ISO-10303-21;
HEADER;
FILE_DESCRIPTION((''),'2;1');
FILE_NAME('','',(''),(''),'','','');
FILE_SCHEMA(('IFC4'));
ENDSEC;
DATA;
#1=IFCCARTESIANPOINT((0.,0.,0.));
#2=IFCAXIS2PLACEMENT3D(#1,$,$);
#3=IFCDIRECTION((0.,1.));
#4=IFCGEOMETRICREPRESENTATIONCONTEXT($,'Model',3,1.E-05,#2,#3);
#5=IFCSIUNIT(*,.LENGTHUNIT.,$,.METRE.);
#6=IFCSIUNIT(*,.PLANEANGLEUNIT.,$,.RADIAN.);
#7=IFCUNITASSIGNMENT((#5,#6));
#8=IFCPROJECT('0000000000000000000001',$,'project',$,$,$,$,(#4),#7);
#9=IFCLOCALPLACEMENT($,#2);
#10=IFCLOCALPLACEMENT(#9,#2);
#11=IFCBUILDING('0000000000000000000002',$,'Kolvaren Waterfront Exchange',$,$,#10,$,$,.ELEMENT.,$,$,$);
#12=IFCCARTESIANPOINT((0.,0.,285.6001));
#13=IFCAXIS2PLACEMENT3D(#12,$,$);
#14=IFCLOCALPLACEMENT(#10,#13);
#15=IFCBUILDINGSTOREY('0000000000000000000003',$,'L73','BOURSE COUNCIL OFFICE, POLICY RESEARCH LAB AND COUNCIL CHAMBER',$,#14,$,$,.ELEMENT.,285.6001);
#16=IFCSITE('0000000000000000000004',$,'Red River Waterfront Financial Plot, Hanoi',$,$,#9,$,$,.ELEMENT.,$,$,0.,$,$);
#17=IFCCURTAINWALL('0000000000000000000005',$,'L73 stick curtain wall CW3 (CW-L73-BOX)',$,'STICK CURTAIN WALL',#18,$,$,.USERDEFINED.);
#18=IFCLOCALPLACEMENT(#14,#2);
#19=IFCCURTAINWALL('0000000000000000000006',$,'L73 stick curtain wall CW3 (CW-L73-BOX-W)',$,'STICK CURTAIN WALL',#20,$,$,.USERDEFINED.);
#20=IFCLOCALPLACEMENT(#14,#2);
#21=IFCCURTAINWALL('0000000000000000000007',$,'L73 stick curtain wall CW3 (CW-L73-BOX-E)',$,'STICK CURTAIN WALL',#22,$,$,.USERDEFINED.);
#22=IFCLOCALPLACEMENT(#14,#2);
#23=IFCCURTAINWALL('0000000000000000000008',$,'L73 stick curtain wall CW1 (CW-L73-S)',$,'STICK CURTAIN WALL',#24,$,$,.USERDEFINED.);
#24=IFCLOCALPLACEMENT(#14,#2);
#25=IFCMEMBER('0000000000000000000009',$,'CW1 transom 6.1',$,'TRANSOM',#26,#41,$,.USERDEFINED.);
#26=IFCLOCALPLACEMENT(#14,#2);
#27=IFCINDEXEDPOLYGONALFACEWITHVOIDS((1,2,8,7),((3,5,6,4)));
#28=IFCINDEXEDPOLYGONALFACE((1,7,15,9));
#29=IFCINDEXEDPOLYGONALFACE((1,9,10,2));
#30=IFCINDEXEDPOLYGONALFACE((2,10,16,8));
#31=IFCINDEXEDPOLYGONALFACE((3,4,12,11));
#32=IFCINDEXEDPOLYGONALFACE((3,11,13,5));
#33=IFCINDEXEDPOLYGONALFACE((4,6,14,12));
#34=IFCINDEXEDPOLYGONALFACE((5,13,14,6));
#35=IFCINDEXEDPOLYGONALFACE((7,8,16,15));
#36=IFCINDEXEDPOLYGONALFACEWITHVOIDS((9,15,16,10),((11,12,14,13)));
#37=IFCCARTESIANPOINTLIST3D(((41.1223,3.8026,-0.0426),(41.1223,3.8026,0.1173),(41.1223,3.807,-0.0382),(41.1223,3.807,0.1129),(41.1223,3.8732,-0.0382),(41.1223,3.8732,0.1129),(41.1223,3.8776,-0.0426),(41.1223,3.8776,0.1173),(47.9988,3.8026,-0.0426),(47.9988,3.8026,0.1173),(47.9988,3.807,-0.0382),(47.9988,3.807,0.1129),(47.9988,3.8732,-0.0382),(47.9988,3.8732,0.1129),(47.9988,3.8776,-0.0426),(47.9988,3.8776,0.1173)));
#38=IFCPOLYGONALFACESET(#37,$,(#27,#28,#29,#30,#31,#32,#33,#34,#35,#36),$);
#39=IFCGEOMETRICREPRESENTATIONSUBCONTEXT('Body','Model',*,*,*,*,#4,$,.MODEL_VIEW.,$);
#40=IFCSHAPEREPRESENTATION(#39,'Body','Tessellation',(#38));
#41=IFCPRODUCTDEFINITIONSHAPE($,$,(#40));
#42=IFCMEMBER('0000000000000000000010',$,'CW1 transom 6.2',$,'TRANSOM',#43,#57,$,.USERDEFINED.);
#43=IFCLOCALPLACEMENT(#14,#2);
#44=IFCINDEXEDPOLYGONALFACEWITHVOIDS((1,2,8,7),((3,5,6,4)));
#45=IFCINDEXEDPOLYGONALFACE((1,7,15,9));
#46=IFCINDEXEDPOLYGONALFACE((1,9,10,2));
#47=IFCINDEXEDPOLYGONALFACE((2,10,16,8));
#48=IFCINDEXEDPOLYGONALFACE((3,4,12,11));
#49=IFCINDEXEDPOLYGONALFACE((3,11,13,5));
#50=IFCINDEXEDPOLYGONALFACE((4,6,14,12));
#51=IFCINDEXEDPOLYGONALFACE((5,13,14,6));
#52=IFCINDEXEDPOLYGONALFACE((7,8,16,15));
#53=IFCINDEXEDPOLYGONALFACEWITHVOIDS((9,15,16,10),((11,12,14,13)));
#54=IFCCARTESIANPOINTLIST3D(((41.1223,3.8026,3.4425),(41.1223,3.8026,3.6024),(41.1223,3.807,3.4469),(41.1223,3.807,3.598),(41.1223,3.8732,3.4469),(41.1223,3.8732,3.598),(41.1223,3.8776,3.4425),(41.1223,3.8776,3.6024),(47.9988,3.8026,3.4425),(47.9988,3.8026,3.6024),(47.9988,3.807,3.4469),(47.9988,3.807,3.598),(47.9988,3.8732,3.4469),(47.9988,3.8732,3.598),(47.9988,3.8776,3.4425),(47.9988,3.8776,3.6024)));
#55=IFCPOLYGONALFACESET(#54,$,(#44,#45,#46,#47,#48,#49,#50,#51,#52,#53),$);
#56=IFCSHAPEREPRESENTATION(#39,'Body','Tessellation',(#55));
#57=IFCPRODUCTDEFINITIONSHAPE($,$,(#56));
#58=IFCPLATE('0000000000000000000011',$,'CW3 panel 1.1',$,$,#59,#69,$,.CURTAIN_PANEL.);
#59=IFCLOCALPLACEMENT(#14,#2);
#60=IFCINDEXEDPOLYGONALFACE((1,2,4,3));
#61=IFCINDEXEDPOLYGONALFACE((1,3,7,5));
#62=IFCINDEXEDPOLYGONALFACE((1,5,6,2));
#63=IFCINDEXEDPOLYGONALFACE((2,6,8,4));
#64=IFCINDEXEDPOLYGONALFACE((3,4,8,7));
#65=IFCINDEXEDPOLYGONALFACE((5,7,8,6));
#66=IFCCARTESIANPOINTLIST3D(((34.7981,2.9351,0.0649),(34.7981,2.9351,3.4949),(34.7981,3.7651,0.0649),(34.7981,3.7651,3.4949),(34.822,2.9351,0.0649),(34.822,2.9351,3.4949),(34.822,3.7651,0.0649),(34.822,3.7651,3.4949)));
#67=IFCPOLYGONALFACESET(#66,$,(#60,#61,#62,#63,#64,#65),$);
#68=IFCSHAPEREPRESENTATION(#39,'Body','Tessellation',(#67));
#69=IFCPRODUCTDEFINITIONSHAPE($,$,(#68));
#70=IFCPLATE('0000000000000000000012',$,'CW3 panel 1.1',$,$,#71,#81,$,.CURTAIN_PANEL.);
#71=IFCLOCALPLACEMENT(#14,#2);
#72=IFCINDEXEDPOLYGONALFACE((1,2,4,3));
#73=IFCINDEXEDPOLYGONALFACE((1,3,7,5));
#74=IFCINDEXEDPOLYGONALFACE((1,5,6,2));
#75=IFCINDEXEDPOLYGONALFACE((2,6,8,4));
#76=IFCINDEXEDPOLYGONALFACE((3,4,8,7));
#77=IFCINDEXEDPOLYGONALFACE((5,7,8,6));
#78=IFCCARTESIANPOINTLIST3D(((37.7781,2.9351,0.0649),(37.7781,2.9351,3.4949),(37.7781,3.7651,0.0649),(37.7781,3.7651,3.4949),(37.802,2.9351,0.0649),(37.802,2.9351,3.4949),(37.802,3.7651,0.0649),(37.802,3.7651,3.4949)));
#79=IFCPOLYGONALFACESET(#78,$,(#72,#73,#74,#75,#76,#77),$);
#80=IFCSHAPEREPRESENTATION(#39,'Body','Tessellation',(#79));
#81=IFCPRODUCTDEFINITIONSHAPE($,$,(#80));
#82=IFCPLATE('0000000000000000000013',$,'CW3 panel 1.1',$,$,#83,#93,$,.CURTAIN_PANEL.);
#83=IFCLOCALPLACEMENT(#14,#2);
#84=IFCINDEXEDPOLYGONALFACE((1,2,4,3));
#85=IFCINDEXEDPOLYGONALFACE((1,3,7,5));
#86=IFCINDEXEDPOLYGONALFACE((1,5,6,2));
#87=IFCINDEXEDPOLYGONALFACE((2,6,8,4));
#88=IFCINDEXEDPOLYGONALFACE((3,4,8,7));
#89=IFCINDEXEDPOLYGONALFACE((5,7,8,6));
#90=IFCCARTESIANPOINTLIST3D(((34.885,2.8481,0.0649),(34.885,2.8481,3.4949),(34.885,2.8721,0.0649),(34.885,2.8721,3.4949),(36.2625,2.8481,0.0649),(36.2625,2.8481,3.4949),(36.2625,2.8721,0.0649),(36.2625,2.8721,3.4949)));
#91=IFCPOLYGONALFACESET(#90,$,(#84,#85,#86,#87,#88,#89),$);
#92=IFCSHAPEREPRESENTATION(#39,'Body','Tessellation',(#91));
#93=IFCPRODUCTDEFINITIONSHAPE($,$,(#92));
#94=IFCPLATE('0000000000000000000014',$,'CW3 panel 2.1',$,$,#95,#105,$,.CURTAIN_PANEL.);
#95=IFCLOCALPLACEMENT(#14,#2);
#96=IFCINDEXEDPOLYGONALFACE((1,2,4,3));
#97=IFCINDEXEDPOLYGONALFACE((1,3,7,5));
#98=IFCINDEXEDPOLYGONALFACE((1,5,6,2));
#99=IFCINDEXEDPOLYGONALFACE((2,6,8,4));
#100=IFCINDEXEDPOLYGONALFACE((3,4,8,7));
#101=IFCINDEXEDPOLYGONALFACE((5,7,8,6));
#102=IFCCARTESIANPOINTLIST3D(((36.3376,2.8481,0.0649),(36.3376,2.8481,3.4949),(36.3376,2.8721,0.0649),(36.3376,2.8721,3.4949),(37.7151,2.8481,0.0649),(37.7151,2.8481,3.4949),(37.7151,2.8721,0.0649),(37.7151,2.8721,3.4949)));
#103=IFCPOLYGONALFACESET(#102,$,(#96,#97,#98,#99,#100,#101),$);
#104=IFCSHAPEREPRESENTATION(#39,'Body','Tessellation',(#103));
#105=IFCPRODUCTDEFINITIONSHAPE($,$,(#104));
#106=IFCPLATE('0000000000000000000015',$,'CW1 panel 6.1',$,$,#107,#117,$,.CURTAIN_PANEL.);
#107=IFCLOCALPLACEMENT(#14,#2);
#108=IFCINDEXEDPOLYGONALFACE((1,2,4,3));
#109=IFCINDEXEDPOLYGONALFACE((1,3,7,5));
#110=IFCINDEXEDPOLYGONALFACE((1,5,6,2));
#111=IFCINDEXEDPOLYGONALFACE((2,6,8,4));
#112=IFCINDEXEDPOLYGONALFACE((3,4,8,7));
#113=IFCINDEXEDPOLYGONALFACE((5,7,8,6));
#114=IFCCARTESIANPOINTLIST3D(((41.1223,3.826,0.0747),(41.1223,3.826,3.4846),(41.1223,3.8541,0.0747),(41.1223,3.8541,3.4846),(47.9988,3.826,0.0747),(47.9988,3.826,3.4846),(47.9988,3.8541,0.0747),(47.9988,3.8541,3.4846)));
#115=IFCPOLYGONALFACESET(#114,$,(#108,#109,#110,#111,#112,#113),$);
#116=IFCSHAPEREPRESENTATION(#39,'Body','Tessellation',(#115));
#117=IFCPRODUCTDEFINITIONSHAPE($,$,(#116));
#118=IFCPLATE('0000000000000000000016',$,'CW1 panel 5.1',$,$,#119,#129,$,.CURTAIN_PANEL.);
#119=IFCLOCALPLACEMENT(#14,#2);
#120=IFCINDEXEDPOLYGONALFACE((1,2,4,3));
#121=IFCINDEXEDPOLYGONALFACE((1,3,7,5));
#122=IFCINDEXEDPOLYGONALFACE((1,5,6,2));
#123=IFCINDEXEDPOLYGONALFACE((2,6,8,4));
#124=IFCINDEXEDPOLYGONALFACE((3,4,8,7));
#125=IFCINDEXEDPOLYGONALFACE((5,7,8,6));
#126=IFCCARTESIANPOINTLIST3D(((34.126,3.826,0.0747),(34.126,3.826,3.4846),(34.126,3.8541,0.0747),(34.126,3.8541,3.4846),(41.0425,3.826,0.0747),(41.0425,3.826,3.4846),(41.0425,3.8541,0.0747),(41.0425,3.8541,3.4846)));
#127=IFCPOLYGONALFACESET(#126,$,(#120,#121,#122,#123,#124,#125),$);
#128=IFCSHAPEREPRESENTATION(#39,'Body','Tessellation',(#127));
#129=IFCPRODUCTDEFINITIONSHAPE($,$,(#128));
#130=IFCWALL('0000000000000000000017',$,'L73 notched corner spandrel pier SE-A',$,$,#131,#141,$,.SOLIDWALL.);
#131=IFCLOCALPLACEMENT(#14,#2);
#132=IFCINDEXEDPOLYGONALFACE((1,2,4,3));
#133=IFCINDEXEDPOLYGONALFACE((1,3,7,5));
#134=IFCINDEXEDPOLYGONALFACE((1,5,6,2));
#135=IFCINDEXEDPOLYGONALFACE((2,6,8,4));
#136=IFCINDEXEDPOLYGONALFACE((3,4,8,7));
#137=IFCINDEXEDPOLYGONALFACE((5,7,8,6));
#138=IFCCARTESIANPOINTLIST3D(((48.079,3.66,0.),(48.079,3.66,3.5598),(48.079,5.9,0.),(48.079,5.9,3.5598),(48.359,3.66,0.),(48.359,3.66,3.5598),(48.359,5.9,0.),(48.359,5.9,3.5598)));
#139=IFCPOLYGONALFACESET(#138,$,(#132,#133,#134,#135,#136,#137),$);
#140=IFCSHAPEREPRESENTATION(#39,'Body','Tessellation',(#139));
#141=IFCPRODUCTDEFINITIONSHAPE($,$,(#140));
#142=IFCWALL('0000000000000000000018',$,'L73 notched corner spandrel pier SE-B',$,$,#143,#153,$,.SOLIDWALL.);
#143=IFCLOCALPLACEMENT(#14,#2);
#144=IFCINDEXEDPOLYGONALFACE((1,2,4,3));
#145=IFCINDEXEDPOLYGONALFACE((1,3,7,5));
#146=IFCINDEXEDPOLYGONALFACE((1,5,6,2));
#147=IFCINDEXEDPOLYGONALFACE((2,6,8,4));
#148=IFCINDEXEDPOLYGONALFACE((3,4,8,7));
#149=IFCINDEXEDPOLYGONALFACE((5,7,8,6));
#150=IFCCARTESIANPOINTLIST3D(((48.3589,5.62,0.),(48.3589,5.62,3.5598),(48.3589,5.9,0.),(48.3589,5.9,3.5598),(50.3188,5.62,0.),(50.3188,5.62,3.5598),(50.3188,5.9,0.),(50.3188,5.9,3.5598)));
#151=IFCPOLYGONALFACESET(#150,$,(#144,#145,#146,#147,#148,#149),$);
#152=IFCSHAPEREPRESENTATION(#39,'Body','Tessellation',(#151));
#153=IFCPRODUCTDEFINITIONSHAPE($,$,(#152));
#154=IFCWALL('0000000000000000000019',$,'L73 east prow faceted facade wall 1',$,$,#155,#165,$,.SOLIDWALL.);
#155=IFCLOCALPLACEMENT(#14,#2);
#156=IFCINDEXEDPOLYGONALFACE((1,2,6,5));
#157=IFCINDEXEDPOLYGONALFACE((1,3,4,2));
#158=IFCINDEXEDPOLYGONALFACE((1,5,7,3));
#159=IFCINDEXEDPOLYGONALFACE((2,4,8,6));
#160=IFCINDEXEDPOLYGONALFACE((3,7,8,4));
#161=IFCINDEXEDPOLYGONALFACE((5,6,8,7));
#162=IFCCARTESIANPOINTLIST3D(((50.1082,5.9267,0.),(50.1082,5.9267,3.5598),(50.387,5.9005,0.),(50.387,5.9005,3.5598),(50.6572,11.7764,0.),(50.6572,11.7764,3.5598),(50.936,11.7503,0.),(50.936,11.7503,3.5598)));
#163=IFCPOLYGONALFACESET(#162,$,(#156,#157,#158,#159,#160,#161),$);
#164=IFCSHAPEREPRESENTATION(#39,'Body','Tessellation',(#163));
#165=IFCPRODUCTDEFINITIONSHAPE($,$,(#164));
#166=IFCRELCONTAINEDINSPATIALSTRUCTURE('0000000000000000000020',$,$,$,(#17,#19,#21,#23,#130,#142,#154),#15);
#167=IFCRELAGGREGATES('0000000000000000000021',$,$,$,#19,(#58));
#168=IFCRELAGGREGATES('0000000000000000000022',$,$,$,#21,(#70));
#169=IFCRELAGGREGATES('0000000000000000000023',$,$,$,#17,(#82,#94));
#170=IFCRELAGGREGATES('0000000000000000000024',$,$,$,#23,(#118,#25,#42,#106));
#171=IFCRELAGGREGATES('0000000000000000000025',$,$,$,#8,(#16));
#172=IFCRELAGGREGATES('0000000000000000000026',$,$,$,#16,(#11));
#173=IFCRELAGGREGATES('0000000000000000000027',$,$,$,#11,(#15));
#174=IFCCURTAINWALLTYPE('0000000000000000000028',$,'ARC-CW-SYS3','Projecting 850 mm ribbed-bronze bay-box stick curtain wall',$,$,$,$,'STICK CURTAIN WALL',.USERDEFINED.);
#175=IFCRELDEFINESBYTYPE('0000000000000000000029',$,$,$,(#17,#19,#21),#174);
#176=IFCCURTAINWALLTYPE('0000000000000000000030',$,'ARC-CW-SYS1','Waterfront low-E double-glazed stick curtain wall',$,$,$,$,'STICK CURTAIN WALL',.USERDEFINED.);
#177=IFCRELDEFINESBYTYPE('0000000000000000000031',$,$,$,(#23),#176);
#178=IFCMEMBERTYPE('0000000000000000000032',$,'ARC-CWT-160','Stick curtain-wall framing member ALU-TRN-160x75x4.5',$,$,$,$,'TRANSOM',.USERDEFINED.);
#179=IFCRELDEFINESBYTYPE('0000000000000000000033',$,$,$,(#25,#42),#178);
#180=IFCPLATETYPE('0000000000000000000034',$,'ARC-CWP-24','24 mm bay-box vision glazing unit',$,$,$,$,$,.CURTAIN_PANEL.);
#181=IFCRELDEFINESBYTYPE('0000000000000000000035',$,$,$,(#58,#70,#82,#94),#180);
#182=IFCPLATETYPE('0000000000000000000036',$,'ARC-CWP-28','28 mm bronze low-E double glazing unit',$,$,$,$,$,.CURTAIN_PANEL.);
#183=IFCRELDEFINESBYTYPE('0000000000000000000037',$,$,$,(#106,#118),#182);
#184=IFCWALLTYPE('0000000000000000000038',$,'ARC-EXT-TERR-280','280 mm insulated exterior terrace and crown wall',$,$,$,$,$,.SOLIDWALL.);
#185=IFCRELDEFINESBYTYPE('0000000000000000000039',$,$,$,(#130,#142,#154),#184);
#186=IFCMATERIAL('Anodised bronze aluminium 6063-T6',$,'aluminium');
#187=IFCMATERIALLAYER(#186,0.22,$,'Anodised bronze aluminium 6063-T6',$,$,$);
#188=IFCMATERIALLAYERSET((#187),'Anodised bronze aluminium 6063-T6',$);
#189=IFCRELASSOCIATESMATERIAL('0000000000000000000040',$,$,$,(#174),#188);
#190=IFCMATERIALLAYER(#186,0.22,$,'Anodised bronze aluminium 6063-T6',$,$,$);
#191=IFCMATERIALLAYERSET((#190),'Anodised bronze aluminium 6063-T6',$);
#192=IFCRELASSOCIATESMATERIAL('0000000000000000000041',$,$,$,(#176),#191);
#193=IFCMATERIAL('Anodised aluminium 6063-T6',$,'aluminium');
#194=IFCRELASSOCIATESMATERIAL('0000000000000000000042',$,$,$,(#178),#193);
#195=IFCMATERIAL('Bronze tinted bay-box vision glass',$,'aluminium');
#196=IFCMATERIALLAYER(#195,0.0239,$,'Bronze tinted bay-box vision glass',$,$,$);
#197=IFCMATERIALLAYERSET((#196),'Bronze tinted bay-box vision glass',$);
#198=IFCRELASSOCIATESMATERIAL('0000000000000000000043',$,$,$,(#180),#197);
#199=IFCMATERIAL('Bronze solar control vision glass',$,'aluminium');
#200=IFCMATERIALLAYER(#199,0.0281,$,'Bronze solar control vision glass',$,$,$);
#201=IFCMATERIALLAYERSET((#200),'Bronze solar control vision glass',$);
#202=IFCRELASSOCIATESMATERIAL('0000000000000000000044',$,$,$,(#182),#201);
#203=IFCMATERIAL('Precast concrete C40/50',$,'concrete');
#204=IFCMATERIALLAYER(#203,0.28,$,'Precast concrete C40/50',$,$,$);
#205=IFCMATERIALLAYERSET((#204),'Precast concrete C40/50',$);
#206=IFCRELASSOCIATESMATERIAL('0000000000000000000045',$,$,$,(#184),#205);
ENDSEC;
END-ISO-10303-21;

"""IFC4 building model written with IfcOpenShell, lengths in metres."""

from ifc_helpers import new_model, si_unit, direction, frame, frame_2d, origin, origin_with_axes, origin_2d, place, context, subcontext, project, spatial, rectangle, hollow_rectangle, extrude, source, transform, mapped, material, layer, layer_set, material_profile, profile_set, type_object, element, aggregate, save


model = new_model("IFC4")

# Units and contexts
model_context = context("Model", 3, precision=1e-05, world=origin(), true_north=direction((0.0, 1.0)))
body_context = subcontext(model_context, "Body", "Model", "MODEL_VIEW")
ifc_project = project(units=[si_unit("LENGTHUNIT", "METRE"), si_unit("PLANEANGLEUNIT", "RADIAN")], contexts=[model_context])

# Site, building, storey
site_placement = place(None, origin())
site = spatial("IfcSite", under=ifc_project, at=site_placement, Name="Red River Waterfront Financial Plot, Hanoi", CompositionType="ELEMENT", RefElevation=0.0)
building_placement = place(site_placement, origin())
building = spatial("IfcBuilding", under=site, at=building_placement, Name="Kolvaren Waterfront Exchange", CompositionType="ELEMENT")
storey_placement = place(building_placement, frame((0.0, 0.0, 285.6001)))
storey = spatial("IfcBuildingStorey", under=building, at=storey_placement, Name="L73", Description="BOURSE COUNCIL OFFICE, POLICY RESEARCH LAB AND COUNCIL CHAMBER", CompositionType="ELEMENT", Elevation=285.6001)

# Curtain walls
ifc_material_1 = material(Name="Anodised bronze aluminium 6063-T6", Category="aluminium")
ifc_layer_1 = layer(ifc_material_1, 0.22, Name="Anodised bronze aluminium 6063-T6")
ifc_layer_set_1 = layer_set([ifc_layer_1], Name="Anodised bronze aluminium 6063-T6")
curtain_wall_type_1 = type_object("IfcCurtainWallType", Name="ARC-CW-SYS3", Description="Projecting 850 mm ribbed-bronze bay-box stick curtain wall", ElementType="STICK CURTAIN WALL", PredefinedType="USERDEFINED", material=ifc_layer_set_1)
curtain_wall_1_placement = place(storey_placement, origin())
curtain_wall_1 = element("IfcCurtainWall", 1, at=curtain_wall_1_placement, inside=storey, type_object=curtain_wall_type_1, Name="L73 stick curtain wall CW3 (CW-L73-BOX)", ObjectType="STICK CURTAIN WALL", PredefinedType="USERDEFINED")
curtain_wall_2_placement = place(storey_placement, origin())
curtain_wall_2 = element("IfcCurtainWall", 2, at=curtain_wall_2_placement, inside=storey, type_object=curtain_wall_type_1, Name="L73 stick curtain wall CW3 (CW-L73-BOX-W)", ObjectType="STICK CURTAIN WALL", PredefinedType="USERDEFINED")
curtain_wall_3_placement = place(storey_placement, origin())
curtain_wall_3 = element("IfcCurtainWall", 3, at=curtain_wall_3_placement, inside=storey, type_object=curtain_wall_type_1, Name="L73 stick curtain wall CW3 (CW-L73-BOX-E)", ObjectType="STICK CURTAIN WALL", PredefinedType="USERDEFINED")

# Curtain wall, members
ifc_layer_2 = layer(ifc_material_1, 0.22, Name="Anodised bronze aluminium 6063-T6")
ifc_layer_set_2 = layer_set([ifc_layer_2], Name="Anodised bronze aluminium 6063-T6")
curtain_wall_type_2 = type_object("IfcCurtainWallType", Name="ARC-CW-SYS1", Description="Waterfront low-E double-glazed stick curtain wall", ElementType="STICK CURTAIN WALL", PredefinedType="USERDEFINED", material=ifc_layer_set_2)
curtain_wall_4_placement = place(storey_placement, origin())
curtain_wall_4 = element("IfcCurtainWall", 4, at=curtain_wall_4_placement, inside=storey, type_object=curtain_wall_type_2, Name="L73 stick curtain wall CW1 (CW-L73-S)", ObjectType="STICK CURTAIN WALL", PredefinedType="USERDEFINED")
ifc_material_2 = material(Name="Anodised aluminium 6063-T6", Category="aluminium")
ifc_material_profile_1 = material_profile(ifc_material_2, hollow_rectangle(XDim=0.075, YDim=0.1599, WallThickness=0.0044, at=origin_2d()), Name="ALU-TRN-160x75x4.5")
ifc_profile_set_1 = profile_set([ifc_material_profile_1], Name="Anodised aluminium 6063-T6")
member_type_1 = type_object("IfcMemberType", Name="ARC-CWT-160", Description="Stick curtain-wall framing member ALU-TRN-160x75x4.5", ElementType="TRANSOM", PredefinedType="USERDEFINED", material=ifc_profile_set_1)
shared_shape_1 = source(origin_with_axes(), body_context, "Body", "SweptSolid", [
    extrude(hollow_rectangle(XDim=0.075, YDim=0.1599, WallThickness=0.0044, at=origin_2d()), origin(), (0.0, 0.0, 1.0), 6.8765),
])
member_1_placement = place(storey_placement, frame((41.1223, 3.8401, 0.0374), z_axis=(1.0, 0.0, 0.0), x_axis=(0.0, 1.0, 0.0)))
member_1 = element("IfcMember", 5, at=member_1_placement, type_object=member_type_1, Name="CW1 transom 6.1", ObjectType="TRANSOM", PredefinedType="USERDEFINED", context=body_context, shape_type="MappedRepresentation", body=[
    mapped(shared_shape_1, transform((0.0, 0.0, 0.0), x_axis=(1.0, 0.0, 0.0), y_axis=(0.0, 1.0, 0.0), z_axis=(0.0, 0.0, 1.0), scale=1.0)),
])
member_2_placement = place(storey_placement, frame((41.1223, 3.8401, 3.5225), z_axis=(1.0, 0.0, 0.0), x_axis=(0.0, 1.0, 0.0)))
member_2 = element("IfcMember", 6, at=member_2_placement, type_object=member_type_1, Name="CW1 transom 6.2", ObjectType="TRANSOM", PredefinedType="USERDEFINED", context=body_context, shape_type="MappedRepresentation", body=[
    mapped(shared_shape_1, transform((0.0, 0.0, 0.0), x_axis=(1.0, 0.0, 0.0), y_axis=(0.0, 1.0, 0.0), z_axis=(0.0, 0.0, 1.0), scale=1.0)),
])

# Plates
ifc_material_3 = material(Name="Bronze tinted bay-box vision glass", Category="aluminium")
ifc_layer_3 = layer(ifc_material_3, 0.0239, Name="Bronze tinted bay-box vision glass")
ifc_layer_set_3 = layer_set([ifc_layer_3], Name="Bronze tinted bay-box vision glass")
plate_type_1 = type_object("IfcPlateType", Name="ARC-CWP-24", Description="24 mm bay-box vision glazing unit", PredefinedType="CURTAIN_PANEL", material=ifc_layer_set_3)
shared_shape_2 = source(origin_with_axes(), body_context, "Body", "SweptSolid", [
    extrude(rectangle(XDim=0.8301, YDim=0.0239, at=origin_2d()), origin(), (0.0, 0.0, 1.0), 3.4299),
])
plate_1_placement = place(storey_placement, frame((34.8101, 3.3501, 0.0649), z_axis=(0.0, 0.0, 1.0), x_axis=(0.0, -1.0, 0.0)))
plate_1 = element("IfcPlate", 7, at=plate_1_placement, type_object=plate_type_1, Name="CW3 panel 1.1", PredefinedType="CURTAIN_PANEL", context=body_context, shape_type="MappedRepresentation", body=[
    mapped(shared_shape_2, transform((0.0, 0.0, 0.0), x_axis=(1.0, 0.0, 0.0), y_axis=(0.0, 1.0, 0.0), z_axis=(0.0, 0.0, 1.0), scale=1.0)),
])
aggregate(curtain_wall_2, [plate_1])
plate_2_placement = place(storey_placement, frame((37.79, 3.3501, 0.0649), z_axis=(0.0, 0.0, 1.0), x_axis=(0.0, 1.0, 0.0)))
plate_2 = element("IfcPlate", 8, at=plate_2_placement, type_object=plate_type_1, Name="CW3 panel 1.1", PredefinedType="CURTAIN_PANEL", context=body_context, shape_type="MappedRepresentation", body=[
    mapped(shared_shape_2, transform((0.0, 0.0, 0.0), x_axis=(1.0, 0.0, 0.0), y_axis=(0.0, 1.0, 0.0), z_axis=(0.0, 0.0, 1.0), scale=1.0)),
])
aggregate(curtain_wall_3, [plate_2])
shared_shape_3 = source(origin_with_axes(), body_context, "Body", "SweptSolid", [
    extrude(rectangle(XDim=1.3774, YDim=0.0239, at=origin_2d()), origin(), (0.0, 0.0, 1.0), 3.4299),
])
plate_3_placement = place(storey_placement, frame((35.5737, 2.8601, 0.0649), z_axis=(0.0, 0.0, 1.0), x_axis=(1.0, 0.0, 0.0)))
plate_3 = element("IfcPlate", 9, at=plate_3_placement, type_object=plate_type_1, Name="CW3 panel 1.1", PredefinedType="CURTAIN_PANEL", context=body_context, shape_type="MappedRepresentation", body=[
    mapped(shared_shape_3, transform((0.0, 0.0, 0.0), x_axis=(1.0, 0.0, 0.0), y_axis=(0.0, 1.0, 0.0), z_axis=(0.0, 0.0, 1.0), scale=1.0)),
])
plate_4_placement = place(storey_placement, frame((37.0264, 2.8601, 0.0649), z_axis=(0.0, 0.0, 1.0), x_axis=(1.0, 0.0, 0.0)))
plate_4 = element("IfcPlate", 10, at=plate_4_placement, type_object=plate_type_1, Name="CW3 panel 2.1", PredefinedType="CURTAIN_PANEL", context=body_context, shape_type="MappedRepresentation", body=[
    mapped(shared_shape_3, transform((0.0, 0.0, 0.0), x_axis=(1.0, 0.0, 0.0), y_axis=(0.0, 1.0, 0.0), z_axis=(0.0, 0.0, 1.0), scale=1.0)),
])
aggregate(curtain_wall_1, [plate_3, plate_4])
ifc_material_4 = material(Name="Bronze solar control vision glass", Category="aluminium")
ifc_layer_4 = layer(ifc_material_4, 0.0281, Name="Bronze solar control vision glass")
ifc_layer_set_4 = layer_set([ifc_layer_4], Name="Bronze solar control vision glass")
plate_type_2 = type_object("IfcPlateType", Name="ARC-CWP-28", Description="28 mm bronze low-E double glazing unit", PredefinedType="CURTAIN_PANEL", material=ifc_layer_set_4)
shared_shape_4 = source(origin_with_axes(), body_context, "Body", "SweptSolid", [
    extrude(rectangle(XDim=6.8765, YDim=0.0281, at=origin_2d()), origin(), (0.0, 0.0, 1.0), 3.4099),
])
plate_5_placement = place(storey_placement, frame((44.5605, 3.8401, 0.0747), z_axis=(0.0, 0.0, 1.0), x_axis=(1.0, 0.0, 0.0)))
plate_5 = element("IfcPlate", 11, at=plate_5_placement, type_object=plate_type_2, Name="CW1 panel 6.1", PredefinedType="CURTAIN_PANEL", context=body_context, shape_type="MappedRepresentation", body=[
    mapped(shared_shape_4, transform((0.0, 0.0, 0.0), x_axis=(1.0, 0.0, 0.0), y_axis=(0.0, 1.0, 0.0), z_axis=(0.0, 0.0, 1.0), scale=1.0)),
])
shared_shape_5 = source(origin_with_axes(), body_context, "Body", "SweptSolid", [
    extrude(rectangle(XDim=6.9165, YDim=0.0281, at=origin_2d()), origin(), (0.0, 0.0, 1.0), 3.4099),
])
plate_6_placement = place(storey_placement, frame((37.5842, 3.8401, 0.0747), z_axis=(0.0, 0.0, 1.0), x_axis=(1.0, 0.0, 0.0)))
plate_6 = element("IfcPlate", 12, at=plate_6_placement, type_object=plate_type_2, Name="CW1 panel 5.1", PredefinedType="CURTAIN_PANEL", context=body_context, shape_type="MappedRepresentation", body=[
    mapped(shared_shape_5, transform((0.0, 0.0, 0.0), x_axis=(1.0, 0.0, 0.0), y_axis=(0.0, 1.0, 0.0), z_axis=(0.0, 0.0, 1.0), scale=1.0)),
])
aggregate(curtain_wall_4, [plate_6, member_1, member_2, plate_5])

# Walls
ifc_material_5 = material(Name="Precast concrete C40/50", Category="concrete")
ifc_layer_5 = layer(ifc_material_5, 0.28, Name="Precast concrete C40/50")
ifc_layer_set_5 = layer_set([ifc_layer_5], Name="Precast concrete C40/50")
wall_type_1 = type_object("IfcWallType", Name="ARC-EXT-TERR-280", Description="280 mm insulated exterior terrace and crown wall", PredefinedType="SOLIDWALL", material=ifc_layer_set_5)
wall_1_placement = place(storey_placement, frame((48.219, 3.6599, 0.0), z_axis=(0.0, 0.0, 1.0), x_axis=(0.0, 1.0, 0.0)))
element("IfcWall", 13, at=wall_1_placement, inside=storey, type_object=wall_type_1, Name="L73 notched corner spandrel pier SE-A", PredefinedType="SOLIDWALL", context=body_context, shape_type="SweptSolid", body=[
    extrude(rectangle(XDim=2.24, YDim=0.28, at=frame_2d((1.1201, 0.0))), origin(), (0.0, 0.0, 1.0), 3.5598),
])
wall_2_placement = place(storey_placement, frame((48.3589, 5.76, 0.0), z_axis=(0.0, 0.0, 1.0), x_axis=(1.0, 0.0, 0.0)))
element("IfcWall", 14, at=wall_2_placement, inside=storey, type_object=wall_type_1, Name="L73 notched corner spandrel pier SE-B", PredefinedType="SOLIDWALL", context=body_context, shape_type="SweptSolid", body=[
    extrude(rectangle(XDim=1.96, YDim=0.28, at=frame_2d((0.98, 0.0))), origin(), (0.0, 0.0, 1.0), 3.5598),
])
wall_3_placement = place(storey_placement, frame((50.2476, 5.9136, 0.0), z_axis=(0.0, 0.0, 1.0), x_axis=(0.09345, 0.995624, 0.0)))
element("IfcWall", 15, at=wall_3_placement, inside=storey, type_object=wall_type_1, Name="L73 east prow faceted facade wall 1", PredefinedType="SOLIDWALL", context=body_context, shape_type="SweptSolid", body=[
    extrude(rectangle(XDim=5.8755, YDim=0.28, at=frame_2d((2.9377, 0.0))), origin(), (0.0, 0.0, 1.0), 3.5598),
])

save(model, "model.ifc")
